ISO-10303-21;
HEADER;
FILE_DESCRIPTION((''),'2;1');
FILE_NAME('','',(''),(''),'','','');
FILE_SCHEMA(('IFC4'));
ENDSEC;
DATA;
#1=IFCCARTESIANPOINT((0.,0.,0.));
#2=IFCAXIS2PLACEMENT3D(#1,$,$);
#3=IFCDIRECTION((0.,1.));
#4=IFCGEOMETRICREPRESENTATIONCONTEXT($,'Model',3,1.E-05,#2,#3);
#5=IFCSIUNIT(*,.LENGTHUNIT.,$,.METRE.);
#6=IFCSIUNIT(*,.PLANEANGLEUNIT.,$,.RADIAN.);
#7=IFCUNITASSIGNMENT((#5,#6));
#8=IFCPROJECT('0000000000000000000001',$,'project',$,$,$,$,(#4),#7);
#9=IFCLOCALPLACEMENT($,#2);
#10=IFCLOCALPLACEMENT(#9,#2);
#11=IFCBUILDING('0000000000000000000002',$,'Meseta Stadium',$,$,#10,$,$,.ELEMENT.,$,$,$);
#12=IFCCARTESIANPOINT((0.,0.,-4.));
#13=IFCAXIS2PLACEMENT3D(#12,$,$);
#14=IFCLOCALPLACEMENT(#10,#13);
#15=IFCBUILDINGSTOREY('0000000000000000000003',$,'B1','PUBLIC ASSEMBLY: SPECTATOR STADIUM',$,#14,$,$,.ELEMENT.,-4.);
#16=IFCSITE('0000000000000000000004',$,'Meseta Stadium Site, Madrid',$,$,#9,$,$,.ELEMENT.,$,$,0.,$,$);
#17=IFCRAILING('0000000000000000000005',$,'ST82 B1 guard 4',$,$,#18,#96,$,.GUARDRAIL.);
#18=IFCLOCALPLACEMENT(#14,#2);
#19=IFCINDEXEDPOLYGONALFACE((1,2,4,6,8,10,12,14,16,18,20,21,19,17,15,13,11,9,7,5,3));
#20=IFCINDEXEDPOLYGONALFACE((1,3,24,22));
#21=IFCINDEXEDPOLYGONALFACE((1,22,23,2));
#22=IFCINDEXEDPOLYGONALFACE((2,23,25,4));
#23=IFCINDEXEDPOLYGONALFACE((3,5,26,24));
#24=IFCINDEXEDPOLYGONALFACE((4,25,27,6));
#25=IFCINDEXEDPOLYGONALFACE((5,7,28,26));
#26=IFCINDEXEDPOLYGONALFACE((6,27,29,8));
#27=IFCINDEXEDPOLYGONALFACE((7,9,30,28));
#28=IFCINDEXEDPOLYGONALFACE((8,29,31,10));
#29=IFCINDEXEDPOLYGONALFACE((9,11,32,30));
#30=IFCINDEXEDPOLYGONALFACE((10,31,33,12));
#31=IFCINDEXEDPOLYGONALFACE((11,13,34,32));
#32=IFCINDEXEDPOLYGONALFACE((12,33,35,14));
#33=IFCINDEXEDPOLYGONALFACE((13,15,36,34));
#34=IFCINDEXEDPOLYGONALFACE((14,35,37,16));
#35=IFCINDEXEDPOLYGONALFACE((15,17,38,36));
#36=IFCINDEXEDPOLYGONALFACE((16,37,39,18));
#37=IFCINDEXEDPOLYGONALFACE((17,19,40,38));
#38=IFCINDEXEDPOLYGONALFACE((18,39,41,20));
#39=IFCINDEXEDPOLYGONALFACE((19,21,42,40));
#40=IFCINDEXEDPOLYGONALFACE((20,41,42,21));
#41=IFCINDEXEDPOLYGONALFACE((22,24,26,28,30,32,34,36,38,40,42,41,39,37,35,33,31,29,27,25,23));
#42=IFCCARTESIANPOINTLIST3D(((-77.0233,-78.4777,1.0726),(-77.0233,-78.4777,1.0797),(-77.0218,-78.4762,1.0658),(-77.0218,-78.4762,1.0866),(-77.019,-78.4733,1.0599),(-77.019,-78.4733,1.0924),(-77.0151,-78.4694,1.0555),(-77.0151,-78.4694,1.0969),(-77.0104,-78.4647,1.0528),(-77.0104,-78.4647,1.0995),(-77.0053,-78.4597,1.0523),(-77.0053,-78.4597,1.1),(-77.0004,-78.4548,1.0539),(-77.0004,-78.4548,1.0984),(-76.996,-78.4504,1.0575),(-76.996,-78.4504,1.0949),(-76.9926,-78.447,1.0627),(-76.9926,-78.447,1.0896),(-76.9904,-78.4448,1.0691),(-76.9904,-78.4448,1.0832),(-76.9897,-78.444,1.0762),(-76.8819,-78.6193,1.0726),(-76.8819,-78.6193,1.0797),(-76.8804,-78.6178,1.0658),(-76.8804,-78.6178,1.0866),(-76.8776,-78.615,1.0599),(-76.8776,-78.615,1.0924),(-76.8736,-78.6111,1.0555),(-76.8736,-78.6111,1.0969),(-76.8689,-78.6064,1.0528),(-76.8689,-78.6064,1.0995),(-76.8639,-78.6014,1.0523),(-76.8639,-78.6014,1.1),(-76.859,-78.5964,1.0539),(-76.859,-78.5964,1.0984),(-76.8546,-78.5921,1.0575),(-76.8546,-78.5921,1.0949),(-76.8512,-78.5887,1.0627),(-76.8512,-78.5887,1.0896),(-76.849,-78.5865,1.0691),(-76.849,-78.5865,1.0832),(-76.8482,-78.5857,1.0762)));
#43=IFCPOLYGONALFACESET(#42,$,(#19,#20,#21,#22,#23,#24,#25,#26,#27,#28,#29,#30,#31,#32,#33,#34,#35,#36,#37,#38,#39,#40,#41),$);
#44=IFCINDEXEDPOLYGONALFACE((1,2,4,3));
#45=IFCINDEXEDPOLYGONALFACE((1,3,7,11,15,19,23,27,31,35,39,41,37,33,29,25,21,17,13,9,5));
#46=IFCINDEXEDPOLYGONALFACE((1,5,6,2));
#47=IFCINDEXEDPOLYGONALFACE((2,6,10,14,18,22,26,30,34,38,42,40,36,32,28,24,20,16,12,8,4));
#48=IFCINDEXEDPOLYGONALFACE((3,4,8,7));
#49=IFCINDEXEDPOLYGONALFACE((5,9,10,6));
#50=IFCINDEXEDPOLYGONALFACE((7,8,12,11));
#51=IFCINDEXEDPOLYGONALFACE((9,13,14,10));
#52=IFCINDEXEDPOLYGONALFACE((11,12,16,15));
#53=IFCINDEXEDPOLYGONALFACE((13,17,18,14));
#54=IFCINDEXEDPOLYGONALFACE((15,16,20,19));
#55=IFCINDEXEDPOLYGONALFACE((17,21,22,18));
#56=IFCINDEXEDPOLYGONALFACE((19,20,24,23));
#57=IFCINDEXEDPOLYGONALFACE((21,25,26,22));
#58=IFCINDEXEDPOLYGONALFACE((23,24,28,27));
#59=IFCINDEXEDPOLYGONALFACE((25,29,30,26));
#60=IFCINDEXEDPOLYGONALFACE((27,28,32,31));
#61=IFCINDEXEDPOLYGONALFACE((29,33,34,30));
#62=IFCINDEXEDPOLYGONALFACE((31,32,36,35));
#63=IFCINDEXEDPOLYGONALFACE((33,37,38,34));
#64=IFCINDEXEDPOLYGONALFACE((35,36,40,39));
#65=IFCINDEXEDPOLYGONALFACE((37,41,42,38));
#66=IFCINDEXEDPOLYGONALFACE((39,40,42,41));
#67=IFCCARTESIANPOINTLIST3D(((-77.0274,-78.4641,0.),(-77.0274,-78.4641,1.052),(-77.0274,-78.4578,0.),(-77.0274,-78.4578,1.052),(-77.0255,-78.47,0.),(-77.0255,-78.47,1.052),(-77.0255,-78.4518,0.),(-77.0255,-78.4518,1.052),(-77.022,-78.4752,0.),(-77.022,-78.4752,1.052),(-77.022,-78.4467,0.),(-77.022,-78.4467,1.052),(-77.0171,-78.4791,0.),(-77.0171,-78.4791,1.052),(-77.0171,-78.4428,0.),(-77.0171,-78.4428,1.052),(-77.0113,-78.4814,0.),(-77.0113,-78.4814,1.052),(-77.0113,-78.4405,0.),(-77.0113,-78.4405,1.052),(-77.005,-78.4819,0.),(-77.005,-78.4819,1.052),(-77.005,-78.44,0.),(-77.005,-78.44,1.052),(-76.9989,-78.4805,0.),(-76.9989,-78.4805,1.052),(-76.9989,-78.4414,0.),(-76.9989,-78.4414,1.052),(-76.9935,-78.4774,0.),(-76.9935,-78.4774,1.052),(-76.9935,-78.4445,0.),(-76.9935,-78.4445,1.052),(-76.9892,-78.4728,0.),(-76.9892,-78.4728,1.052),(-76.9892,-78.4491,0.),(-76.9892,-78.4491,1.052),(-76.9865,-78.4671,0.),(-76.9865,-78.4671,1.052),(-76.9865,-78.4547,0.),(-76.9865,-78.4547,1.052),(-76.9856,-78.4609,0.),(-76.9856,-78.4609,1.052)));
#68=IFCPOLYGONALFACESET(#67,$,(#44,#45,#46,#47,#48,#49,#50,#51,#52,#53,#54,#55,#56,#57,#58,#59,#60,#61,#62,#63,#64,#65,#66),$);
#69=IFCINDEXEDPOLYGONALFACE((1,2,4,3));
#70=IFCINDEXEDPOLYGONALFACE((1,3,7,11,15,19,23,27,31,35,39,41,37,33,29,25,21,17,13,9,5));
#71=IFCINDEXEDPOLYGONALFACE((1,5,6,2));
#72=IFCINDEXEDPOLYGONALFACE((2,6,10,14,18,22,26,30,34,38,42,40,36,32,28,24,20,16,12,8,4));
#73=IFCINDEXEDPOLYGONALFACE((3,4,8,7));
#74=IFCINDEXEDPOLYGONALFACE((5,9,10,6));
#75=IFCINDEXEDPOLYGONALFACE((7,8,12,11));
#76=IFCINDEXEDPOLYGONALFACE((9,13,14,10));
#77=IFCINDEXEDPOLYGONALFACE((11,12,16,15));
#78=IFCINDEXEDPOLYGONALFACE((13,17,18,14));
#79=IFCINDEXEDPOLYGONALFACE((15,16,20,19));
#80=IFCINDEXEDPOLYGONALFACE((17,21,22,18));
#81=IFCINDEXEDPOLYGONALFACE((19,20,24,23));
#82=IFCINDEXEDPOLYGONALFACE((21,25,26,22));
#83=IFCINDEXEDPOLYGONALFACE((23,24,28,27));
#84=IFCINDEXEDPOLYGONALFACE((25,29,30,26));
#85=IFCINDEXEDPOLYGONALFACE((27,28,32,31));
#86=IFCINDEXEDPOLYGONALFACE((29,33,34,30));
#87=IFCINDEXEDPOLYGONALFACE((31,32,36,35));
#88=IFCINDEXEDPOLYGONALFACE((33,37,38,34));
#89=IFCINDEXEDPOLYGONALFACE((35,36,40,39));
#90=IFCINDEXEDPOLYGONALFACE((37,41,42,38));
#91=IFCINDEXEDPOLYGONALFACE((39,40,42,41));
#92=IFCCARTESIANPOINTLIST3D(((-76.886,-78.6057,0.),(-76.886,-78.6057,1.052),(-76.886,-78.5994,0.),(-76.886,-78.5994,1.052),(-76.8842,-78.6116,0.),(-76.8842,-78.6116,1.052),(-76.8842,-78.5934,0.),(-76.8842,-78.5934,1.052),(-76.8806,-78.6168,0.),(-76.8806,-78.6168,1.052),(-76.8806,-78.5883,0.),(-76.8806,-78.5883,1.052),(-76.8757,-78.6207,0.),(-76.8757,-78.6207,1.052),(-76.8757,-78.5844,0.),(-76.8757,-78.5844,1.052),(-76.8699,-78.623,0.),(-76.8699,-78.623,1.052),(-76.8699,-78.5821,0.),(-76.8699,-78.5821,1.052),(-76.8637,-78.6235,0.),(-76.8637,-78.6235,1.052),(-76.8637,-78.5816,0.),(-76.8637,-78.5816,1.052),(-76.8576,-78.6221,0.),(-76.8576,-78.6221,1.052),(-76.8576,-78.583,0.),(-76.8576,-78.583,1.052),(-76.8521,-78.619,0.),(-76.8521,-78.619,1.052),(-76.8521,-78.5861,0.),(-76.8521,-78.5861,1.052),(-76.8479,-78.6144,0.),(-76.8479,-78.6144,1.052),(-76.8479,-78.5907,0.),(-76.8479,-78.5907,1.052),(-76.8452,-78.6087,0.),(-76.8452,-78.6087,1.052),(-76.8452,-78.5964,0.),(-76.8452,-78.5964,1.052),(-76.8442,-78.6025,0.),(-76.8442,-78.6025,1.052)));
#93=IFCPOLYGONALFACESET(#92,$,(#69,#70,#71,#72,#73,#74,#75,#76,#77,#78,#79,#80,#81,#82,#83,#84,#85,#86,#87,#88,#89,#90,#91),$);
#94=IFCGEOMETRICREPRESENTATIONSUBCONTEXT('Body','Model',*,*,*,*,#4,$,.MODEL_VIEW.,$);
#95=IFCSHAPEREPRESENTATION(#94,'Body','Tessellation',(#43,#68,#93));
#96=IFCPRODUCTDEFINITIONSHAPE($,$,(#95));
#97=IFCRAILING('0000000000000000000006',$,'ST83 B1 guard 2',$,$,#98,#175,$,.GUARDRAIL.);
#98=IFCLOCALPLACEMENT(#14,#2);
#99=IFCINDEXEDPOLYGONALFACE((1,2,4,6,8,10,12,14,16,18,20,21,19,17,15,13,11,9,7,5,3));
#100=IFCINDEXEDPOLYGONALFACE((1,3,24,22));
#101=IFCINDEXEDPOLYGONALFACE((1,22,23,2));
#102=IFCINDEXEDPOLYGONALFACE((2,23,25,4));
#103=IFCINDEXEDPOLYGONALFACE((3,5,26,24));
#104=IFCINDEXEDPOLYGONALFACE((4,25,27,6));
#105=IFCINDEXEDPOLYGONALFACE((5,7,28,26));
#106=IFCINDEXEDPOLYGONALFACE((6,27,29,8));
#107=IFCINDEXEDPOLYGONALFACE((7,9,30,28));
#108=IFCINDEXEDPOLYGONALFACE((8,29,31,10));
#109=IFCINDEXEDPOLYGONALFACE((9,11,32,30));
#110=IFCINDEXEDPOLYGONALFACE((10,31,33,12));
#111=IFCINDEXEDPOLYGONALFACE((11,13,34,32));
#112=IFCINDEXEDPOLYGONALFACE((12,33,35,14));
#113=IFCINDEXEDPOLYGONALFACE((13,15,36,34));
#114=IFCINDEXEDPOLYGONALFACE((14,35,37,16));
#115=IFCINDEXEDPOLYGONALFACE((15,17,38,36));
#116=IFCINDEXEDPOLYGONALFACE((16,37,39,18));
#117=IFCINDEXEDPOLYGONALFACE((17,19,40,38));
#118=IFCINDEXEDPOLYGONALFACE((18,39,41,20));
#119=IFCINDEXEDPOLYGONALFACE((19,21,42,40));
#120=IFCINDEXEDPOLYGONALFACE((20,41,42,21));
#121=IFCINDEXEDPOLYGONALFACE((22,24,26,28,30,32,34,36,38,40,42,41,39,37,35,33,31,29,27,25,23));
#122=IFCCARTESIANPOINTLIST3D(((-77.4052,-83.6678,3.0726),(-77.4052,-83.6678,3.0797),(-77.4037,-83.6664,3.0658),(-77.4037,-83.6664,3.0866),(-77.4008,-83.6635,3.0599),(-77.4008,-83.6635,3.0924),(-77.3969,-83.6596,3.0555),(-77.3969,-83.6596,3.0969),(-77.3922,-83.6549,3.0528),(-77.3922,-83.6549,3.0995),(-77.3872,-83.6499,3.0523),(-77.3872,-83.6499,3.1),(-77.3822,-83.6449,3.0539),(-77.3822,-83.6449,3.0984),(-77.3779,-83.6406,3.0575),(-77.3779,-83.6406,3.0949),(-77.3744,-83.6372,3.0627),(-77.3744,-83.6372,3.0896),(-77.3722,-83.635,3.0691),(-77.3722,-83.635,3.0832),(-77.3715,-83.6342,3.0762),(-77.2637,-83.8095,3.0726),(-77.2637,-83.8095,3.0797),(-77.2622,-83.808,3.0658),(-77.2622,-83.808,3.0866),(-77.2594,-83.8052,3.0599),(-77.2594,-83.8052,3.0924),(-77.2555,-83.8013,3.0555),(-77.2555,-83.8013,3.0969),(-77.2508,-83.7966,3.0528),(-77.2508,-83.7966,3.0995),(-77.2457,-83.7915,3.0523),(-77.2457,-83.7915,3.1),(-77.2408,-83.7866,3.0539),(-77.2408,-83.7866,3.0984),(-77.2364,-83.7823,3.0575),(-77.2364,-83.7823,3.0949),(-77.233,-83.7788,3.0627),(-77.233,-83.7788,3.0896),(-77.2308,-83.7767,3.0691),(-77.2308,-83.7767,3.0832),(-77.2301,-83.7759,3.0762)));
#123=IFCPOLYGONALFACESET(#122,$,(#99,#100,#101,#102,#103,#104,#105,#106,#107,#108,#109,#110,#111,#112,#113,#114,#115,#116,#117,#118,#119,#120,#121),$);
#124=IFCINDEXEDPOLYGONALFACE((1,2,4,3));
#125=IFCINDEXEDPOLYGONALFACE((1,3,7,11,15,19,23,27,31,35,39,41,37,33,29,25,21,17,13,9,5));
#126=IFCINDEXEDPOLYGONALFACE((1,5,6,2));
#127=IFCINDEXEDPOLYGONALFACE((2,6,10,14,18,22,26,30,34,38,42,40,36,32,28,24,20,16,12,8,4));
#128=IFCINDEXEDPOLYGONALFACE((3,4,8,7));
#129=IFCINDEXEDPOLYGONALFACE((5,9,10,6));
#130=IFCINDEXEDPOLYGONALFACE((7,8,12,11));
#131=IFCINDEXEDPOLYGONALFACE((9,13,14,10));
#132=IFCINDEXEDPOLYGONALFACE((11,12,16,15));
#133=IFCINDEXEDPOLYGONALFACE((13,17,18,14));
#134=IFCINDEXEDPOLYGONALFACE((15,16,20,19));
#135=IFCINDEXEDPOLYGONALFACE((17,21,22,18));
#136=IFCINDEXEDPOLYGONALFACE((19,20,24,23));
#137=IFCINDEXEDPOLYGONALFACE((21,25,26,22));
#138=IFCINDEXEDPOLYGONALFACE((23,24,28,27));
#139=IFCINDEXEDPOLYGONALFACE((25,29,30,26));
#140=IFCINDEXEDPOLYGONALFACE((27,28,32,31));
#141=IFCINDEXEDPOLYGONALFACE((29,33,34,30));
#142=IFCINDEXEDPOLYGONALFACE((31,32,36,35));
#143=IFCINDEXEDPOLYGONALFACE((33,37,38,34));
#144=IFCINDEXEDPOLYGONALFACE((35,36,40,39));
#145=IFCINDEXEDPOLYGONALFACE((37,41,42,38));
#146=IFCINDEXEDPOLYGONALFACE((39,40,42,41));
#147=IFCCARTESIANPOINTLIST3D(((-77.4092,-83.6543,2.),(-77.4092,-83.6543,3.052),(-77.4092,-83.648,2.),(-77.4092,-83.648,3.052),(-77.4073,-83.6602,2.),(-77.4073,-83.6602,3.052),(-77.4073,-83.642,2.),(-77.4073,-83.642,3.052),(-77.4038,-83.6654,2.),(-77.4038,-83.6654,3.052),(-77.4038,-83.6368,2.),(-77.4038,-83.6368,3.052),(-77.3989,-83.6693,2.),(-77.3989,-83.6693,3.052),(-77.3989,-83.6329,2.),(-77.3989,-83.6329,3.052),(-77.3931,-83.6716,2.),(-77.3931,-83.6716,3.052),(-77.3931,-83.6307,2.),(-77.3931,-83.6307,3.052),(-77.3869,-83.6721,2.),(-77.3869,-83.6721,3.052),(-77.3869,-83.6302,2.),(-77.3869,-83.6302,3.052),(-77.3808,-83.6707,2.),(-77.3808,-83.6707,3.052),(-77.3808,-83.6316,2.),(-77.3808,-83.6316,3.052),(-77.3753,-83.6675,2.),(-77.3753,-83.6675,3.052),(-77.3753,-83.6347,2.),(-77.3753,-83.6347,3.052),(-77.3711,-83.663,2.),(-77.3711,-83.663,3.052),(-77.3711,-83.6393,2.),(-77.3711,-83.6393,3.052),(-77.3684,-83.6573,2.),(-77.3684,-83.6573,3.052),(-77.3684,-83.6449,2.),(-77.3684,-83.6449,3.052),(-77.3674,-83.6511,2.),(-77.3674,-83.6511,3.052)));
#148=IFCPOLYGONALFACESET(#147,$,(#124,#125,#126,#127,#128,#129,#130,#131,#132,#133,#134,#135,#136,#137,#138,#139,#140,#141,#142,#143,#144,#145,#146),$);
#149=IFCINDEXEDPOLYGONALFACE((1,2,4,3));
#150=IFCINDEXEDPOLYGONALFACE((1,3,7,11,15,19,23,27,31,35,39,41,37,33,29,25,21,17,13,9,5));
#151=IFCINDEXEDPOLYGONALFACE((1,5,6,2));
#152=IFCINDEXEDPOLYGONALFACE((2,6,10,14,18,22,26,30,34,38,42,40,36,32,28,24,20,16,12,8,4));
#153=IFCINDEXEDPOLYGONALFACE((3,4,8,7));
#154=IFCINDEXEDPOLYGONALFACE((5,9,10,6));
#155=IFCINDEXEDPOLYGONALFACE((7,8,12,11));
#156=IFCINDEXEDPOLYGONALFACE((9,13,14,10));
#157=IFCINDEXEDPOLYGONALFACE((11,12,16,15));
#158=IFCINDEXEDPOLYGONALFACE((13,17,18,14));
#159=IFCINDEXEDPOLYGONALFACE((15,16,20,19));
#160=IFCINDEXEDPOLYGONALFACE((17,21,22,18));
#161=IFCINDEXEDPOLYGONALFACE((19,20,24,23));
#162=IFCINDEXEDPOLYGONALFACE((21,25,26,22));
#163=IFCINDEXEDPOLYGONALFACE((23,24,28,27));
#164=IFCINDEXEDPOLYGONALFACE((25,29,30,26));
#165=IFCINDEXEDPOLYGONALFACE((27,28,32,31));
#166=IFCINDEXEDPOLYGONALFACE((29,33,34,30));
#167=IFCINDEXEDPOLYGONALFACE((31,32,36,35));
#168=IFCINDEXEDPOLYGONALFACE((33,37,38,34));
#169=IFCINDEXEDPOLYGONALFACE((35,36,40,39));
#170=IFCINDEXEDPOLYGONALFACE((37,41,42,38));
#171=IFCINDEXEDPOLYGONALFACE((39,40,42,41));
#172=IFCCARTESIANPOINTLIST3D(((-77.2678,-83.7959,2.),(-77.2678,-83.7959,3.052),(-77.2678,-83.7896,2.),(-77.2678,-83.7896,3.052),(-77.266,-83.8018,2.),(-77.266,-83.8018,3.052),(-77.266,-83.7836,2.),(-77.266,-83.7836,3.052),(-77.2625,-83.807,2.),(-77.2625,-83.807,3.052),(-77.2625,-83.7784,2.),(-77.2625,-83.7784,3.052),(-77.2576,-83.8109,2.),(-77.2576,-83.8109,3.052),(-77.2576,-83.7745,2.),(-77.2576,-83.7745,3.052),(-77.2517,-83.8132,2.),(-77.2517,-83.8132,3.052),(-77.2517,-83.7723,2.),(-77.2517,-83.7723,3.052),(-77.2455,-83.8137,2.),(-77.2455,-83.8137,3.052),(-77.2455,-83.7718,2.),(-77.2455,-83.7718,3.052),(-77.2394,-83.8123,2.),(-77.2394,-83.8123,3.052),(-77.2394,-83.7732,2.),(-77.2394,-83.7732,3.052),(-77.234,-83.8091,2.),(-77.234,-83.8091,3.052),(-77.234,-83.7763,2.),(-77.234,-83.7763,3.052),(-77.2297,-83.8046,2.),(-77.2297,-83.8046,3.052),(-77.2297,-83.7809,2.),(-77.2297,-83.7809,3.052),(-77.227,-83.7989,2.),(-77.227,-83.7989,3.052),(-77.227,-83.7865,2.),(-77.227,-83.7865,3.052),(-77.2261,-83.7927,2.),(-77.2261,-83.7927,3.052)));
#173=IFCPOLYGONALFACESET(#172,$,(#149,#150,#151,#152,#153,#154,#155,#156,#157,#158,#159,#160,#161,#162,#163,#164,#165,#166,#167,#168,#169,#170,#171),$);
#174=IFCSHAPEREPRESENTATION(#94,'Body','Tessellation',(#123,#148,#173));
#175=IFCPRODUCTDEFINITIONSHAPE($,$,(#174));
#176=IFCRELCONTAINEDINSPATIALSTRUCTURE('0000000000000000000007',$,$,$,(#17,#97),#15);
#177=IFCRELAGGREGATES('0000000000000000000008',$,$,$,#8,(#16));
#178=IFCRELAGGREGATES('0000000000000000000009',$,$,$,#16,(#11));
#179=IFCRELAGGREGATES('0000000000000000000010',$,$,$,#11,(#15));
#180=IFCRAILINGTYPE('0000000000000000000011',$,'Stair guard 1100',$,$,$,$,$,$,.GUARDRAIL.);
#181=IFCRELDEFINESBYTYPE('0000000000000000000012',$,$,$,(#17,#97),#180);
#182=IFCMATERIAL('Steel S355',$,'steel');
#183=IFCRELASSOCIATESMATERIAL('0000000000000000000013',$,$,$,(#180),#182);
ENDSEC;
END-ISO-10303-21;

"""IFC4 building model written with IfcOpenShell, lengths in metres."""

from ifc_helpers import new_model, si_unit, direction, frame, origin, origin_2d, place, context, subcontext, project, spatial, circle, extrude, material, type_object, element, save


model = new_model("IFC4")

# Units and contexts
model_context = context("Model", 3, precision=1e-05, world=origin(), true_north=direction((0.0, 1.0)))
body_context = subcontext(model_context, "Body", "Model", "MODEL_VIEW")
ifc_project = project(units=[si_unit("LENGTHUNIT", "METRE"), si_unit("PLANEANGLEUNIT", "RADIAN")], contexts=[model_context])

# Site, building, storey
site_placement = place(None, origin())
site = spatial("IfcSite", under=ifc_project, at=site_placement, Name="Meseta Stadium Site, Madrid", CompositionType="ELEMENT", RefElevation=0.0)
building_placement = place(site_placement, origin())
building = spatial("IfcBuilding", under=site, at=building_placement, Name="Meseta Stadium", CompositionType="ELEMENT")
storey_placement = place(building_placement, frame((0.0, 0.0, -4.0)))
storey = spatial("IfcBuildingStorey", under=building, at=storey_placement, Name="B1", Description="PUBLIC ASSEMBLY: SPECTATOR STADIUM", CompositionType="ELEMENT", Elevation=-4.0)

# Railings
ifc_material_1 = material(Name="Steel S355", Category="steel")
railing_type_1 = type_object("IfcRailingType", Name="Stair guard 1100", PredefinedType="GUARDRAIL", material=ifc_material_1)
for number, where, name in (
    (1, (-77.0066, -78.4609, 0.0), "ST82 B1 guard 4"),
    (2, (-77.3884, -83.6511, 2.0), "ST83 B1 guard 2"),
):
    element("IfcRailing", number, at=place(storey_placement, frame(where)), inside=storey, type_object=railing_type_1, Name=name, PredefinedType="GUARDRAIL", context=body_context, shape_type="SweptSolid", body=[
        extrude(circle(Radius=0.0239, at=origin_2d()), frame((0.0, 0.0, 1.0762), z_axis=(0.706496, -0.707717, 0.0), x_axis=(0.707717, 0.706496, 0.0)), (0.0, 0.0, 1.0), 0.2002),
        extrude(circle(Radius=0.021, at=origin_2d()), origin(), (0.0, 0.0, 1.0), 1.052),
        extrude(circle(Radius=0.021, at=origin_2d()), frame((0.1414, -0.1416, 0.0)), (0.0, 0.0, 1.0), 1.052),
    ])

save(model, "model.ifc")
